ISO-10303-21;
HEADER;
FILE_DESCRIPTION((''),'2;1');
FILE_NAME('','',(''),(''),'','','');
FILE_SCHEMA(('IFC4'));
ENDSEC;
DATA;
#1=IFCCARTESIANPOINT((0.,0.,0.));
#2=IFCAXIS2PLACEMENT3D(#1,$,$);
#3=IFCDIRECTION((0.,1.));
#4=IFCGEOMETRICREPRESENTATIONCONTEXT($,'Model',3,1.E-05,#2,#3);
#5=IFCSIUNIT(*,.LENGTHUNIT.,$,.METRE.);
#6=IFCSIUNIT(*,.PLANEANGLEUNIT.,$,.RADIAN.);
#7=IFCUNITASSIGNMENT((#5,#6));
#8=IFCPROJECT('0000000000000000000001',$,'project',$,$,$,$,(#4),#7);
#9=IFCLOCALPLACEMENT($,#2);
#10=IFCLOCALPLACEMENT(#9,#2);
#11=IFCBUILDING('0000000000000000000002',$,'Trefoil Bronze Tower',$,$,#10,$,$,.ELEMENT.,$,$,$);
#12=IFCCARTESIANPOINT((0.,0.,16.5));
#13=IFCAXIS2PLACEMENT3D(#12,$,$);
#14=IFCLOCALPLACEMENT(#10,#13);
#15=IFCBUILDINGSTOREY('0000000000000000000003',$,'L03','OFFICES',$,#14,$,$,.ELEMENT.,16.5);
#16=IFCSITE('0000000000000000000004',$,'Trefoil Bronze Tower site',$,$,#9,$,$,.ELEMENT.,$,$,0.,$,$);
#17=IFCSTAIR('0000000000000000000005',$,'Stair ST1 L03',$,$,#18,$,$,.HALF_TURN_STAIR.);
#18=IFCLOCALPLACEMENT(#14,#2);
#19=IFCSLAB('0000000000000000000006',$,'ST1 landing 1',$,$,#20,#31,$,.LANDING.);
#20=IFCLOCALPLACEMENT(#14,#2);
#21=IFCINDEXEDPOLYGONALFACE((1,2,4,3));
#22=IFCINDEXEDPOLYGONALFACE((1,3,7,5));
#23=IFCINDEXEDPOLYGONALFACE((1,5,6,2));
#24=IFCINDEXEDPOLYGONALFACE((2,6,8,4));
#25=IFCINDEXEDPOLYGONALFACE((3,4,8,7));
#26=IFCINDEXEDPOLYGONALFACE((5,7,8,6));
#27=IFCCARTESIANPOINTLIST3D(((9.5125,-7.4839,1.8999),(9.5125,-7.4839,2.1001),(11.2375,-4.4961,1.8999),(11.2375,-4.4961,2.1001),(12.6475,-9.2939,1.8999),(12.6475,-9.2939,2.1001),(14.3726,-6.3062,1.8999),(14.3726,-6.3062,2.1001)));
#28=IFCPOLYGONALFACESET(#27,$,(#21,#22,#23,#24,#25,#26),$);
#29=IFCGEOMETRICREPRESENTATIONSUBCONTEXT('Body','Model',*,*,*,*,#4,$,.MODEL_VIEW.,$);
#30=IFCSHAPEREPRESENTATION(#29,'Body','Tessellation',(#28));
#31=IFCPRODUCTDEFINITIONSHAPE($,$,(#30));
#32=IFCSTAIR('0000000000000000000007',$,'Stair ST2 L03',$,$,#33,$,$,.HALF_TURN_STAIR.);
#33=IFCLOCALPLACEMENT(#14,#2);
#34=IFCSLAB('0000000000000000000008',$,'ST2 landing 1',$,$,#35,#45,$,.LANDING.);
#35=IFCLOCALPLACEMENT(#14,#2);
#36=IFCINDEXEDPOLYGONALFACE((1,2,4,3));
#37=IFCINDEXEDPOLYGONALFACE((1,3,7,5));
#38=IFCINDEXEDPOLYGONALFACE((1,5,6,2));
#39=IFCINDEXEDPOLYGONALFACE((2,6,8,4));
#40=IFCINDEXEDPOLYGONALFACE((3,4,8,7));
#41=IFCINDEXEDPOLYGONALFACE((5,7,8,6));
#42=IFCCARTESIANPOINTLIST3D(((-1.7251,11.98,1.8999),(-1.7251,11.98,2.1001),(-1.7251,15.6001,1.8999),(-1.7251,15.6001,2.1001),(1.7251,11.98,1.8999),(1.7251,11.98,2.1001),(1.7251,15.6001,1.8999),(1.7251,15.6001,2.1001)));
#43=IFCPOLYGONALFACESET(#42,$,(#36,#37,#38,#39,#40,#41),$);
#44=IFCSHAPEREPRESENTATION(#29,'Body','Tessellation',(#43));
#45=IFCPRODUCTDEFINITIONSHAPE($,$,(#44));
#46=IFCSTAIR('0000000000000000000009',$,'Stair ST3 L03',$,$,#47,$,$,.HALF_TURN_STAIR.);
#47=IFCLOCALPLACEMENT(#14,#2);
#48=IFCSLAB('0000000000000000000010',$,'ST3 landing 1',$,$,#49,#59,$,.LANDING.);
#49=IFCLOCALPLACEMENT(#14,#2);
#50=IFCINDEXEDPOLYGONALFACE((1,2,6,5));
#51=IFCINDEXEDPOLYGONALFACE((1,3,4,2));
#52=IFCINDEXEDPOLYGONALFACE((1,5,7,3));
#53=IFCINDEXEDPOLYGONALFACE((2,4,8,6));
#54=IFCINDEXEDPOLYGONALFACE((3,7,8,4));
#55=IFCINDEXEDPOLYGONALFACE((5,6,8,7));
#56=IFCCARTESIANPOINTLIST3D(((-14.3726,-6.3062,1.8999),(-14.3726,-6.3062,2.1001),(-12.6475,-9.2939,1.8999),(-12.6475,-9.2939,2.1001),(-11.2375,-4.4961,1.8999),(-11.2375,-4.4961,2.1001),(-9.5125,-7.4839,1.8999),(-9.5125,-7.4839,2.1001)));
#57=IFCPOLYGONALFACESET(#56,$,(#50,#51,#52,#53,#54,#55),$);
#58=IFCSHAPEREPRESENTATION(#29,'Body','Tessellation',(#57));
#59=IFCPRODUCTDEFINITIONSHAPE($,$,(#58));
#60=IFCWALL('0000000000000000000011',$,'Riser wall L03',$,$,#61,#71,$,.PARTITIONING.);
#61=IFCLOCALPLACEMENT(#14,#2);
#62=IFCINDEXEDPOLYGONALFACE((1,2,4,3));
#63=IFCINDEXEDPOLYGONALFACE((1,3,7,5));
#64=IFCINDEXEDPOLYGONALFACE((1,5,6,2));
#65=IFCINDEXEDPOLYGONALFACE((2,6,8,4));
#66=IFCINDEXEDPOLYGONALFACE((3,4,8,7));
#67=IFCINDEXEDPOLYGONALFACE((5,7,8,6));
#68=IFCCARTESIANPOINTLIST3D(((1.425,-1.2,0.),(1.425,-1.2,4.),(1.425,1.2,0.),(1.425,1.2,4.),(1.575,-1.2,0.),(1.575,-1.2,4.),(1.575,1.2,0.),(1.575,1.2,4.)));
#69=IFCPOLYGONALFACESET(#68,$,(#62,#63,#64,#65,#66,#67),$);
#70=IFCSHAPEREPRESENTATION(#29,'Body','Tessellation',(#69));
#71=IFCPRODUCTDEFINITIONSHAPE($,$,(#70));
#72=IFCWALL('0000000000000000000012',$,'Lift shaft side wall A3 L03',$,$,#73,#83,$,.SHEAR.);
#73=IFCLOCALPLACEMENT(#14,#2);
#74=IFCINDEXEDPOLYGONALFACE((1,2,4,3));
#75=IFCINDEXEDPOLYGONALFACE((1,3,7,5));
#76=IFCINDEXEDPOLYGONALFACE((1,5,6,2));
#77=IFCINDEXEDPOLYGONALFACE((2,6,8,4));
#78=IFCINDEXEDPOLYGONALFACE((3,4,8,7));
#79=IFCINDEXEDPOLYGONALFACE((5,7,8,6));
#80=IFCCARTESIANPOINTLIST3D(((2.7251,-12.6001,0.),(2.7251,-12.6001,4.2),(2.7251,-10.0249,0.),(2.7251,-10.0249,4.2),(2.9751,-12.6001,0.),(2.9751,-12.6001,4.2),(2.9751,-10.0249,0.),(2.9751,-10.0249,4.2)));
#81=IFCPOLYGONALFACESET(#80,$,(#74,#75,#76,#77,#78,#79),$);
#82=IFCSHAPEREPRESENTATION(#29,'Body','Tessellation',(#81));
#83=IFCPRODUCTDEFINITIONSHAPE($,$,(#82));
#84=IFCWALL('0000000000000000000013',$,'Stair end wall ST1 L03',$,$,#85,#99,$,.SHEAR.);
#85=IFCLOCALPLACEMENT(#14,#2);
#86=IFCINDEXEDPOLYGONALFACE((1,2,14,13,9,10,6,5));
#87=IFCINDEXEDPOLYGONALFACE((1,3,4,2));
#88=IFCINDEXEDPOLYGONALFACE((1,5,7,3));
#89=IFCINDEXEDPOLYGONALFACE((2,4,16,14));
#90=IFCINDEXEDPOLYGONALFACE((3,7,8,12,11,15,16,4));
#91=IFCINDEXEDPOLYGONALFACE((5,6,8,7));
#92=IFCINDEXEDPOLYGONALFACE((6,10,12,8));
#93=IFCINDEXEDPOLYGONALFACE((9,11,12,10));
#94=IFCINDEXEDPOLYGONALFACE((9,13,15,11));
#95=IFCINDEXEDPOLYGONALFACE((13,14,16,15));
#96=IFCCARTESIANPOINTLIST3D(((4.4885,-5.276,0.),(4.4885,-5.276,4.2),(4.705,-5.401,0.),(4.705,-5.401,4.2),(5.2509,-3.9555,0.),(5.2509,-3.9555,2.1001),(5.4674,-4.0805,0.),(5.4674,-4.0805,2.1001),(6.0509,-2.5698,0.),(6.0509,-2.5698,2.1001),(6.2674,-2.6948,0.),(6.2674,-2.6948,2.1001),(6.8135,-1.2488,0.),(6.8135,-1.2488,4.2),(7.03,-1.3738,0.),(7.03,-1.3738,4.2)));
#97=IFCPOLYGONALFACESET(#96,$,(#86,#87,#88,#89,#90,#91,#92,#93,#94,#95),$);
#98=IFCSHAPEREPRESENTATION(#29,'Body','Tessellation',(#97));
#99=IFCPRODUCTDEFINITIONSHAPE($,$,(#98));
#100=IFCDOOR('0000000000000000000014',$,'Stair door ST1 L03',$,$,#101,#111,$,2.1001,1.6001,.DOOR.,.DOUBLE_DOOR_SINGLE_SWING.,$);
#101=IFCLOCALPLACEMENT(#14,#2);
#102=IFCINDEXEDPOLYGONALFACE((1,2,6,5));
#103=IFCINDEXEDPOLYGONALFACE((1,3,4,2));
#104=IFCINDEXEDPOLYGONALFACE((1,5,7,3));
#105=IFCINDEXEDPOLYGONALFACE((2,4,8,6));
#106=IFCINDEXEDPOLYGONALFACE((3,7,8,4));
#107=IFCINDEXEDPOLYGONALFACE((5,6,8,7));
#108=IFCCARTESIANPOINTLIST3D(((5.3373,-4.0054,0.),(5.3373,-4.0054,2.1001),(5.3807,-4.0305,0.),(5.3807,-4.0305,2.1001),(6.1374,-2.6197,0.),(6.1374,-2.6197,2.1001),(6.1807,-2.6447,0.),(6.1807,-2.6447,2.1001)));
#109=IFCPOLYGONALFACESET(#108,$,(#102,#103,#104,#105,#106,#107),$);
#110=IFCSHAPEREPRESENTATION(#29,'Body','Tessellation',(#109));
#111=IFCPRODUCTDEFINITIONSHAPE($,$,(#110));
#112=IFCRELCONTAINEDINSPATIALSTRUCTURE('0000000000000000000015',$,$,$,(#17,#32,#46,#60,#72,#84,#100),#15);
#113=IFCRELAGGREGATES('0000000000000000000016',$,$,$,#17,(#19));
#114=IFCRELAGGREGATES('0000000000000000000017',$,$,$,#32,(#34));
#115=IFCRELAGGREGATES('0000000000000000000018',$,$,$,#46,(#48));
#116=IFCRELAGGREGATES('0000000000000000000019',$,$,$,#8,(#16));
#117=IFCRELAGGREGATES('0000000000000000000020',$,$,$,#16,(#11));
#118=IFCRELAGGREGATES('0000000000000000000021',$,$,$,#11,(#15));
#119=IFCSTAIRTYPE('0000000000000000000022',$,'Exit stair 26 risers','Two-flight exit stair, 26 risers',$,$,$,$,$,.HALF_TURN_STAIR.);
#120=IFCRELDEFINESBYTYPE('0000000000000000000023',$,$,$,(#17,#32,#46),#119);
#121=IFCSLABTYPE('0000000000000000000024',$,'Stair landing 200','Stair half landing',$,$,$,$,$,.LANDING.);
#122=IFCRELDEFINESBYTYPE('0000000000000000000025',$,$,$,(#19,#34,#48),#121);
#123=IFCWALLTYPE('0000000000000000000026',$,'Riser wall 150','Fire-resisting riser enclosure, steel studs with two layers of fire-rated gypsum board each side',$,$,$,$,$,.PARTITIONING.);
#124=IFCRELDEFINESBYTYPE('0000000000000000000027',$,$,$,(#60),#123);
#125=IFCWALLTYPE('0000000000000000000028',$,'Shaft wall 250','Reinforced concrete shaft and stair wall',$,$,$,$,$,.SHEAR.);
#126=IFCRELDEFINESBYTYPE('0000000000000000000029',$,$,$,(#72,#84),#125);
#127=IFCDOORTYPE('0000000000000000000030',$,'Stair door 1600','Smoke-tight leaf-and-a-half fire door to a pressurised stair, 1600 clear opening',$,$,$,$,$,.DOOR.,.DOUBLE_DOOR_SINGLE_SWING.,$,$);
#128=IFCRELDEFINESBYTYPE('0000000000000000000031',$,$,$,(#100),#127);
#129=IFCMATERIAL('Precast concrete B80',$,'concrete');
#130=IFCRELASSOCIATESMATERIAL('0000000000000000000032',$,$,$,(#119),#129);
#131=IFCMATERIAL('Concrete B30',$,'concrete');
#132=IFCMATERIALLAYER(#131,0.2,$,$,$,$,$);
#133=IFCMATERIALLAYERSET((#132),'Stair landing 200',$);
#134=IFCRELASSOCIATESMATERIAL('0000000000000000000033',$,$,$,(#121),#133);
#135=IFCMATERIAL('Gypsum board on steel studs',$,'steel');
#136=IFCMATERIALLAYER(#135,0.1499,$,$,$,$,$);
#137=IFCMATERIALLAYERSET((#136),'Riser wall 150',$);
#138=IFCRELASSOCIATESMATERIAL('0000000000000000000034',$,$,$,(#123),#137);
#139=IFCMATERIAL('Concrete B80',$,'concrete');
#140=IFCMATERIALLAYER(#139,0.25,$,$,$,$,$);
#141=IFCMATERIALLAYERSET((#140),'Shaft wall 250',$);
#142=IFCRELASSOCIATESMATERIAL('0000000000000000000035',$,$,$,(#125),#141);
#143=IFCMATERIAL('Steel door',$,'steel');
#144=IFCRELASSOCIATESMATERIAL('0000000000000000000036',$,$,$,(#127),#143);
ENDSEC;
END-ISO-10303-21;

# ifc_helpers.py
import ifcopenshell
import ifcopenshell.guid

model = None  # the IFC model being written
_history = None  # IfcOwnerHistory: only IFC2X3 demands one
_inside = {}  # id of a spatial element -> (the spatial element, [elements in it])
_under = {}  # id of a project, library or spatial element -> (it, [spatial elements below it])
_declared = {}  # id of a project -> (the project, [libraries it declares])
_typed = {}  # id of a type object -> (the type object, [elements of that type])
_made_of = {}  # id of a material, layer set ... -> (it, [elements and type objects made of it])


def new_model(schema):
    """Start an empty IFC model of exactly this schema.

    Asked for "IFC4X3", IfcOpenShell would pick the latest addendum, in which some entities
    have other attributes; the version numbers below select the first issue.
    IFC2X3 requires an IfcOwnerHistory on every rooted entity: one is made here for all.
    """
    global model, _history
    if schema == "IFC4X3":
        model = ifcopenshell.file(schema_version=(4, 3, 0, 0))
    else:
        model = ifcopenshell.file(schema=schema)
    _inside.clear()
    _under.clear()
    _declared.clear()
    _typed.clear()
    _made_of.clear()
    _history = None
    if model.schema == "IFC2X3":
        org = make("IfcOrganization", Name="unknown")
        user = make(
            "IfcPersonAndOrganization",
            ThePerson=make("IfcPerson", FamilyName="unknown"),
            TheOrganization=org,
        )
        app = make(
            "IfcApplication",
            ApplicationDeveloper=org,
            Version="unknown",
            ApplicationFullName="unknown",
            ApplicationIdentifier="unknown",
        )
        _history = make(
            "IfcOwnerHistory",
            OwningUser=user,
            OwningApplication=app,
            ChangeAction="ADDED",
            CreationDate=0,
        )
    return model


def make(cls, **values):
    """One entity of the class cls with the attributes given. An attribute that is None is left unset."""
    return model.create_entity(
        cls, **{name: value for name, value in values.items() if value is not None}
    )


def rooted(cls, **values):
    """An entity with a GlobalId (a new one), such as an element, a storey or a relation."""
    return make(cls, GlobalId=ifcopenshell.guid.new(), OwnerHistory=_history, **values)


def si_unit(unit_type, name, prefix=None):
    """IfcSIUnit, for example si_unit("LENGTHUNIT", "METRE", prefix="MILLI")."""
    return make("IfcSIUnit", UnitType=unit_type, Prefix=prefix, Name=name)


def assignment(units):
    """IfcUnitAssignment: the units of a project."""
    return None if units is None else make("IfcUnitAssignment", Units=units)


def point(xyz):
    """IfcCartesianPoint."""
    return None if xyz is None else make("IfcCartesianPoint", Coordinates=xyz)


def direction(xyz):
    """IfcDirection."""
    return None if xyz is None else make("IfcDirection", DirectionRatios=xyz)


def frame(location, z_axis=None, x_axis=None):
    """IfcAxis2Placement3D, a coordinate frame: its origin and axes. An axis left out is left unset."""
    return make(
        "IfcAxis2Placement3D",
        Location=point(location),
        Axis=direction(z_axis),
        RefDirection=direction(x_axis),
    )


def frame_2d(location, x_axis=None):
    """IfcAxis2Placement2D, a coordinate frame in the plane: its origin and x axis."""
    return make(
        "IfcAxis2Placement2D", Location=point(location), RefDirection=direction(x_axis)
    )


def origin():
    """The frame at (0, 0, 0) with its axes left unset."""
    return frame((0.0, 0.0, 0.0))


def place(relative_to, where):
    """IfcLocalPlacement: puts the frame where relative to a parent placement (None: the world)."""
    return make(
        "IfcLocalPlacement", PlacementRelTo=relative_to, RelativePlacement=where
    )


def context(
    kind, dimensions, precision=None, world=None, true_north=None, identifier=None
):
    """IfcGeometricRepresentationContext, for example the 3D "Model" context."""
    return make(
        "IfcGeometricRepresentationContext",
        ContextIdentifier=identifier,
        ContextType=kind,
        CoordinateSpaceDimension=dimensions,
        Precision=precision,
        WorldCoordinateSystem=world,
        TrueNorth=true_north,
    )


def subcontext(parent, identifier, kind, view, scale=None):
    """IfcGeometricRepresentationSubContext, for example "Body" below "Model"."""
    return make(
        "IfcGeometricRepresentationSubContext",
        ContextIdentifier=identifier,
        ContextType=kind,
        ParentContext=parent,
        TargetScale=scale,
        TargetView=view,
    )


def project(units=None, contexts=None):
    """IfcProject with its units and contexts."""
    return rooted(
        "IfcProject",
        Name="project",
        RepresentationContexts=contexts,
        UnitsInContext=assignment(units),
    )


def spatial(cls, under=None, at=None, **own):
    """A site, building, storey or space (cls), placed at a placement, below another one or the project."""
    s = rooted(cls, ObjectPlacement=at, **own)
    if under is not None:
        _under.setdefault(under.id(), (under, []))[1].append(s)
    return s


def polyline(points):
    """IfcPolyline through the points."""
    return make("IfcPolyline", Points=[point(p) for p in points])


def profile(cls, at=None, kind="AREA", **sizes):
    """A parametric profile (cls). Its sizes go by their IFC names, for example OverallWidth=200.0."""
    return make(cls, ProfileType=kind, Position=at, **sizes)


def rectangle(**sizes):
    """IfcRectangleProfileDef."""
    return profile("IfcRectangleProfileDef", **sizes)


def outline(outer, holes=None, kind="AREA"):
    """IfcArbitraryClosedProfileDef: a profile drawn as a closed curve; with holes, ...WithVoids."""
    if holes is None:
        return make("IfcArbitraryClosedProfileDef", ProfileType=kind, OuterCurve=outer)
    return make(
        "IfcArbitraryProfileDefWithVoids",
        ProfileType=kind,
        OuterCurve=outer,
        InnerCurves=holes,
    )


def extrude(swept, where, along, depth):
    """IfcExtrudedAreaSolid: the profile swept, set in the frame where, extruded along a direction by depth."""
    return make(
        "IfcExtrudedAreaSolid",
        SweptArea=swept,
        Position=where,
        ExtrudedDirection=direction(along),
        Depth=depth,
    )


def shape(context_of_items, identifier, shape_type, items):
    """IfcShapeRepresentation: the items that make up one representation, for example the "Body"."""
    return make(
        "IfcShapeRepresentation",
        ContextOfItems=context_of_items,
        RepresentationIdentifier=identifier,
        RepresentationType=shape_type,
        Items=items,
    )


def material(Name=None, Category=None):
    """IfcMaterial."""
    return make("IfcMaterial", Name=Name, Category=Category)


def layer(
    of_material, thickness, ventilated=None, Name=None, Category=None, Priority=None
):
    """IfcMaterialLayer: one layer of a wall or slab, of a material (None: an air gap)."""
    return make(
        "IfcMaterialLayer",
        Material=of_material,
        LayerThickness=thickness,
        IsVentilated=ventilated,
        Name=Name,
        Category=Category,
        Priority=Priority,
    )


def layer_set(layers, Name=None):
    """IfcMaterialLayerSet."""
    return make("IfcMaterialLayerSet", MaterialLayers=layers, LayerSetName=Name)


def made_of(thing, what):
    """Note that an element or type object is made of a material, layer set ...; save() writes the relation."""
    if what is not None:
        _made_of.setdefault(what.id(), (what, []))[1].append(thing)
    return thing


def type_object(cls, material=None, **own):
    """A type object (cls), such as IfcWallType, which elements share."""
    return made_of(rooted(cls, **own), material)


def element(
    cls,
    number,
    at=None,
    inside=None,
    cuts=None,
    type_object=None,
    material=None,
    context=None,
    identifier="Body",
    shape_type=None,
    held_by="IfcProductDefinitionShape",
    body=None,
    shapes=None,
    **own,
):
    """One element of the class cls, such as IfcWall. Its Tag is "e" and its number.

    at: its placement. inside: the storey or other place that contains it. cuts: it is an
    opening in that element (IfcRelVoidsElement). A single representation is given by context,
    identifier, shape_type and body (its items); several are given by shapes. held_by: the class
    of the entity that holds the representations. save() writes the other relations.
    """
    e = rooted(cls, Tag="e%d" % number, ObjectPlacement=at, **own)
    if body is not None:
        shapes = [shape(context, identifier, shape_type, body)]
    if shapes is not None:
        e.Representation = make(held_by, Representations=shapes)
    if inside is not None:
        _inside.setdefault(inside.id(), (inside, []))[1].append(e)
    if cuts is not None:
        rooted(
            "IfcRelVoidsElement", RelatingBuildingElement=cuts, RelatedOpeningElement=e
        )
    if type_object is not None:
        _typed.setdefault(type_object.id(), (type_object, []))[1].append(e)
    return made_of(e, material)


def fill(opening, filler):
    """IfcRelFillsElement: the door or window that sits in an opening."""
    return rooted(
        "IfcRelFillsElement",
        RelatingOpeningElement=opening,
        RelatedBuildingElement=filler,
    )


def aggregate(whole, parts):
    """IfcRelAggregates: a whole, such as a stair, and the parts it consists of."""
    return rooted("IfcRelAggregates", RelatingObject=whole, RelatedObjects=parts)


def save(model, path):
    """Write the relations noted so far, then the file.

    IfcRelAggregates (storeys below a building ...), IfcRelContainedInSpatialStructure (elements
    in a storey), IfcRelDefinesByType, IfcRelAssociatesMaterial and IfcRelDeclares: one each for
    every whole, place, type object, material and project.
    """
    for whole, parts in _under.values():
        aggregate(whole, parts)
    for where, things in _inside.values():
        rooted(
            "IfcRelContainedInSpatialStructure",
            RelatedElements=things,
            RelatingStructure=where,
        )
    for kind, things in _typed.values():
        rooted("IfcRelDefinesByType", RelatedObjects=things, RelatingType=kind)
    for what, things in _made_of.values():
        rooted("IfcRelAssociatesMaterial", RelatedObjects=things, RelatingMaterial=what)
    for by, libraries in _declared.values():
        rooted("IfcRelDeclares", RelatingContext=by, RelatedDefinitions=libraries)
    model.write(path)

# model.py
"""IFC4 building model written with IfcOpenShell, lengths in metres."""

from ifc_helpers import new_model, si_unit, direction, frame, frame_2d, origin, place, context, subcontext, project, spatial, polyline, rectangle, outline, extrude, material, layer, layer_set, type_object, element, fill, aggregate, save


model = new_model("IFC4")

# Units and contexts
model_context = context("Model", 3, precision=1e-05, world=origin(), true_north=direction((0.0, 1.0)))
body_context = subcontext(model_context, "Body", "Model", "MODEL_VIEW")
ifc_project = project(units=[si_unit("LENGTHUNIT", "METRE"), si_unit("PLANEANGLEUNIT", "RADIAN")], contexts=[model_context])

# Site, building, storey
site_placement = place(None, origin())
site = spatial("IfcSite", under=ifc_project, at=site_placement, Name="Trefoil Bronze Tower site", CompositionType="ELEMENT", RefElevation=0.0)
building_placement = place(site_placement, origin())
building = spatial("IfcBuilding", under=site, at=building_placement, Name="Trefoil Bronze Tower", CompositionType="ELEMENT")
storey_placement = place(building_placement, frame((0.0, 0.0, 16.5)))
storey = spatial("IfcBuildingStorey", under=building, at=storey_placement, Name="L03", Description="OFFICES", CompositionType="ELEMENT", Elevation=16.5)

# Stairs, slabs
ifc_material_1 = material(Name="Precast concrete B80", Category="concrete")
stair_type = type_object("IfcStairType", Name="Exit stair 26 risers", Description="Two-flight exit stair, 26 risers", PredefinedType="HALF_TURN_STAIR", material=ifc_material_1)
stair_1_placement = place(storey_placement, origin())
stair_1 = element("IfcStair", 1, at=stair_1_placement, inside=storey, type_object=stair_type, Name="Stair ST1 L03", PredefinedType="HALF_TURN_STAIR")
ifc_material_2 = material(Name="Concrete B30", Category="concrete")
ifc_layer_1 = layer(ifc_material_2, 0.2)
ifc_layer_set_1 = layer_set([ifc_layer_1], Name="Stair landing 200")
slab_type = type_object("IfcSlabType", Name="Stair landing 200", Description="Stair half landing", PredefinedType="LANDING", material=ifc_layer_set_1)
slab_1_placement = place(storey_placement, frame((0.0, 0.0, 1.8999)))
slab_1 = element("IfcSlab", 2, at=slab_1_placement, type_object=slab_type, Name="ST1 landing 1", PredefinedType="LANDING", context=body_context, shape_type="SweptSolid", body=[
    extrude(outline(polyline([(9.5125, -7.4839), (12.6475, -9.2939), (14.3726, -6.3062), (11.2375, -4.4961), (9.5125, -7.4839)])), origin(), (0.0, 0.0, 1.0), 0.2002),
])
aggregate(stair_1, [slab_1])
stair_2_placement = place(storey_placement, origin())
stair_2 = element("IfcStair", 3, at=stair_2_placement, inside=storey, type_object=stair_type, Name="Stair ST2 L03", PredefinedType="HALF_TURN_STAIR")
slab_2_placement = place(storey_placement, frame((0.0, 0.0, 1.8999)))
slab_2 = element("IfcSlab", 4, at=slab_2_placement, type_object=slab_type, Name="ST2 landing 1", PredefinedType="LANDING", context=body_context, shape_type="SweptSolid", body=[
    extrude(outline(polyline([(1.7251, 11.98), (1.7251, 15.6001), (-1.7251, 15.6001), (-1.7251, 11.98), (1.7251, 11.98)])), origin(), (0.0, 0.0, 1.0), 0.2002),
])
aggregate(stair_2, [slab_2])
stair_3_placement = place(storey_placement, origin())
stair_3 = element("IfcStair", 5, at=stair_3_placement, inside=storey, type_object=stair_type, Name="Stair ST3 L03", PredefinedType="HALF_TURN_STAIR")
slab_3_placement = place(storey_placement, frame((0.0, 0.0, 1.8999)))
slab_3 = element("IfcSlab", 6, at=slab_3_placement, type_object=slab_type, Name="ST3 landing 1", PredefinedType="LANDING", context=body_context, shape_type="SweptSolid", body=[
    extrude(outline(polyline([(-11.2375, -4.4961), (-14.3726, -6.3062), (-12.6475, -9.2939), (-9.5125, -7.4839), (-11.2375, -4.4961)])), origin(), (0.0, 0.0, 1.0), 0.2002),
])
aggregate(stair_3, [slab_3])

# Walls
ifc_material_3 = material(Name="Gypsum board on steel studs", Category="steel")
ifc_layer_2 = layer(ifc_material_3, 0.1499)
ifc_layer_set_2 = layer_set([ifc_layer_2], Name="Riser wall 150")
wall_type_1 = type_object("IfcWallType", Name="Riser wall 150", Description="Fire-resisting riser enclosure, steel studs with two layers of fire-rated gypsum board each side", PredefinedType="PARTITIONING", material=ifc_layer_set_2)
wall_1_placement = place(storey_placement, frame((1.5, -1.2, 0.0), z_axis=(0.0, 0.0, 1.0), x_axis=(0.0, 1.0, 0.0)))
element("IfcWall", 7, at=wall_1_placement, inside=storey, type_object=wall_type_1, Name="Riser wall L03", PredefinedType="PARTITIONING", context=body_context, shape_type="SweptSolid", body=[
    extrude(rectangle(XDim=2.3999, YDim=0.1499, at=frame_2d((1.2, 0.0))), origin(), (0.0, 0.0, 1.0), 4.0),
])
ifc_material_4 = material(Name="Concrete B80", Category="concrete")
ifc_layer_3 = layer(ifc_material_4, 0.25)
ifc_layer_set_3 = layer_set([ifc_layer_3], Name="Shaft wall 250")
wall_type_2 = type_object("IfcWallType", Name="Shaft wall 250", Description="Reinforced concrete shaft and stair wall", PredefinedType="SHEAR", material=ifc_layer_set_3)
wall_2_placement = place(storey_placement, frame((2.8501, -10.0249, 0.0), z_axis=(0.0, 0.0, 1.0), x_axis=(0.0, -1.0, 0.0)))
element("IfcWall", 8, at=wall_2_placement, inside=storey, type_object=wall_type_2, Name="Lift shaft side wall A3 L03", PredefinedType="SHEAR", context=body_context, shape_type="SweptSolid", body=[
    extrude(rectangle(XDim=2.5752, YDim=0.25, at=frame_2d((1.2876, 0.0))), origin(), (0.0, 0.0, 1.0), 4.2),
])

# Wall, opening, door
wall_3_placement = place(storey_placement, frame((4.5967, -5.3386, 0.0), z_axis=(0.0, 0.0, 1.0), x_axis=(0.499985, 0.866034, 0.0)))
wall_3 = element("IfcWall", 9, at=wall_3_placement, inside=storey, type_object=wall_type_2, Name="Stair end wall ST1 L03", PredefinedType="SHEAR", context=body_context, shape_type="SweptSolid", body=[
    extrude(rectangle(XDim=4.6501, YDim=0.25, at=frame_2d((2.3252, 0.0))), origin(), (0.0, 0.0, 1.0), 4.2),
])
opening_placement = place(wall_3_placement, frame((1.5249, 0.0, 0.0)))
opening = element("IfcOpeningElement", 10, at=opening_placement, cuts=wall_3, PredefinedType="OPENING", context=body_context, shape_type="SweptSolid", body=[
    extrude(rectangle(XDim=1.6001, YDim=2.1001, at=frame_2d((0.8, 1.05))), frame((0.0, 0.135, 0.0), z_axis=(0.0, -1.0, 0.0), x_axis=(1.0, 0.0, 0.0)), (0.0, 0.0, 1.0), 0.27),
])
ifc_material_5 = material(Name="Steel door", Category="steel")
door_type = type_object("IfcDoorType", Name="Stair door 1600", Description="Smoke-tight leaf-and-a-half fire door to a pressurised stair, 1600 clear opening", OperationType="DOUBLE_DOOR_SINGLE_SWING", PredefinedType="DOOR", material=ifc_material_5)
door_placement = place(opening_placement, frame((1.6001, 0.0, 0.0), z_axis=(0.0, 0.0, 1.0), x_axis=(-1.0, 0.0, 0.0)))
door = element("IfcDoor", 11, at=door_placement, inside=storey, type_object=door_type, Name="Stair door ST1 L03", OperationType="DOUBLE_DOOR_SINGLE_SWING", OverallHeight=2.1001, OverallWidth=1.6001, PredefinedType="DOOR", context=body_context, shape_type="SweptSolid", body=[
    extrude(rectangle(XDim=1.6001, YDim=2.1001, at=frame_2d((0.8, 1.05))), frame((0.0, 0.0249, 0.0), z_axis=(0.0, -1.0, 0.0), x_axis=(1.0, 0.0, 0.0)), (0.0, 0.0, 1.0), 0.05),
])
fill(opening, door)

save(model, "model.ifc")
